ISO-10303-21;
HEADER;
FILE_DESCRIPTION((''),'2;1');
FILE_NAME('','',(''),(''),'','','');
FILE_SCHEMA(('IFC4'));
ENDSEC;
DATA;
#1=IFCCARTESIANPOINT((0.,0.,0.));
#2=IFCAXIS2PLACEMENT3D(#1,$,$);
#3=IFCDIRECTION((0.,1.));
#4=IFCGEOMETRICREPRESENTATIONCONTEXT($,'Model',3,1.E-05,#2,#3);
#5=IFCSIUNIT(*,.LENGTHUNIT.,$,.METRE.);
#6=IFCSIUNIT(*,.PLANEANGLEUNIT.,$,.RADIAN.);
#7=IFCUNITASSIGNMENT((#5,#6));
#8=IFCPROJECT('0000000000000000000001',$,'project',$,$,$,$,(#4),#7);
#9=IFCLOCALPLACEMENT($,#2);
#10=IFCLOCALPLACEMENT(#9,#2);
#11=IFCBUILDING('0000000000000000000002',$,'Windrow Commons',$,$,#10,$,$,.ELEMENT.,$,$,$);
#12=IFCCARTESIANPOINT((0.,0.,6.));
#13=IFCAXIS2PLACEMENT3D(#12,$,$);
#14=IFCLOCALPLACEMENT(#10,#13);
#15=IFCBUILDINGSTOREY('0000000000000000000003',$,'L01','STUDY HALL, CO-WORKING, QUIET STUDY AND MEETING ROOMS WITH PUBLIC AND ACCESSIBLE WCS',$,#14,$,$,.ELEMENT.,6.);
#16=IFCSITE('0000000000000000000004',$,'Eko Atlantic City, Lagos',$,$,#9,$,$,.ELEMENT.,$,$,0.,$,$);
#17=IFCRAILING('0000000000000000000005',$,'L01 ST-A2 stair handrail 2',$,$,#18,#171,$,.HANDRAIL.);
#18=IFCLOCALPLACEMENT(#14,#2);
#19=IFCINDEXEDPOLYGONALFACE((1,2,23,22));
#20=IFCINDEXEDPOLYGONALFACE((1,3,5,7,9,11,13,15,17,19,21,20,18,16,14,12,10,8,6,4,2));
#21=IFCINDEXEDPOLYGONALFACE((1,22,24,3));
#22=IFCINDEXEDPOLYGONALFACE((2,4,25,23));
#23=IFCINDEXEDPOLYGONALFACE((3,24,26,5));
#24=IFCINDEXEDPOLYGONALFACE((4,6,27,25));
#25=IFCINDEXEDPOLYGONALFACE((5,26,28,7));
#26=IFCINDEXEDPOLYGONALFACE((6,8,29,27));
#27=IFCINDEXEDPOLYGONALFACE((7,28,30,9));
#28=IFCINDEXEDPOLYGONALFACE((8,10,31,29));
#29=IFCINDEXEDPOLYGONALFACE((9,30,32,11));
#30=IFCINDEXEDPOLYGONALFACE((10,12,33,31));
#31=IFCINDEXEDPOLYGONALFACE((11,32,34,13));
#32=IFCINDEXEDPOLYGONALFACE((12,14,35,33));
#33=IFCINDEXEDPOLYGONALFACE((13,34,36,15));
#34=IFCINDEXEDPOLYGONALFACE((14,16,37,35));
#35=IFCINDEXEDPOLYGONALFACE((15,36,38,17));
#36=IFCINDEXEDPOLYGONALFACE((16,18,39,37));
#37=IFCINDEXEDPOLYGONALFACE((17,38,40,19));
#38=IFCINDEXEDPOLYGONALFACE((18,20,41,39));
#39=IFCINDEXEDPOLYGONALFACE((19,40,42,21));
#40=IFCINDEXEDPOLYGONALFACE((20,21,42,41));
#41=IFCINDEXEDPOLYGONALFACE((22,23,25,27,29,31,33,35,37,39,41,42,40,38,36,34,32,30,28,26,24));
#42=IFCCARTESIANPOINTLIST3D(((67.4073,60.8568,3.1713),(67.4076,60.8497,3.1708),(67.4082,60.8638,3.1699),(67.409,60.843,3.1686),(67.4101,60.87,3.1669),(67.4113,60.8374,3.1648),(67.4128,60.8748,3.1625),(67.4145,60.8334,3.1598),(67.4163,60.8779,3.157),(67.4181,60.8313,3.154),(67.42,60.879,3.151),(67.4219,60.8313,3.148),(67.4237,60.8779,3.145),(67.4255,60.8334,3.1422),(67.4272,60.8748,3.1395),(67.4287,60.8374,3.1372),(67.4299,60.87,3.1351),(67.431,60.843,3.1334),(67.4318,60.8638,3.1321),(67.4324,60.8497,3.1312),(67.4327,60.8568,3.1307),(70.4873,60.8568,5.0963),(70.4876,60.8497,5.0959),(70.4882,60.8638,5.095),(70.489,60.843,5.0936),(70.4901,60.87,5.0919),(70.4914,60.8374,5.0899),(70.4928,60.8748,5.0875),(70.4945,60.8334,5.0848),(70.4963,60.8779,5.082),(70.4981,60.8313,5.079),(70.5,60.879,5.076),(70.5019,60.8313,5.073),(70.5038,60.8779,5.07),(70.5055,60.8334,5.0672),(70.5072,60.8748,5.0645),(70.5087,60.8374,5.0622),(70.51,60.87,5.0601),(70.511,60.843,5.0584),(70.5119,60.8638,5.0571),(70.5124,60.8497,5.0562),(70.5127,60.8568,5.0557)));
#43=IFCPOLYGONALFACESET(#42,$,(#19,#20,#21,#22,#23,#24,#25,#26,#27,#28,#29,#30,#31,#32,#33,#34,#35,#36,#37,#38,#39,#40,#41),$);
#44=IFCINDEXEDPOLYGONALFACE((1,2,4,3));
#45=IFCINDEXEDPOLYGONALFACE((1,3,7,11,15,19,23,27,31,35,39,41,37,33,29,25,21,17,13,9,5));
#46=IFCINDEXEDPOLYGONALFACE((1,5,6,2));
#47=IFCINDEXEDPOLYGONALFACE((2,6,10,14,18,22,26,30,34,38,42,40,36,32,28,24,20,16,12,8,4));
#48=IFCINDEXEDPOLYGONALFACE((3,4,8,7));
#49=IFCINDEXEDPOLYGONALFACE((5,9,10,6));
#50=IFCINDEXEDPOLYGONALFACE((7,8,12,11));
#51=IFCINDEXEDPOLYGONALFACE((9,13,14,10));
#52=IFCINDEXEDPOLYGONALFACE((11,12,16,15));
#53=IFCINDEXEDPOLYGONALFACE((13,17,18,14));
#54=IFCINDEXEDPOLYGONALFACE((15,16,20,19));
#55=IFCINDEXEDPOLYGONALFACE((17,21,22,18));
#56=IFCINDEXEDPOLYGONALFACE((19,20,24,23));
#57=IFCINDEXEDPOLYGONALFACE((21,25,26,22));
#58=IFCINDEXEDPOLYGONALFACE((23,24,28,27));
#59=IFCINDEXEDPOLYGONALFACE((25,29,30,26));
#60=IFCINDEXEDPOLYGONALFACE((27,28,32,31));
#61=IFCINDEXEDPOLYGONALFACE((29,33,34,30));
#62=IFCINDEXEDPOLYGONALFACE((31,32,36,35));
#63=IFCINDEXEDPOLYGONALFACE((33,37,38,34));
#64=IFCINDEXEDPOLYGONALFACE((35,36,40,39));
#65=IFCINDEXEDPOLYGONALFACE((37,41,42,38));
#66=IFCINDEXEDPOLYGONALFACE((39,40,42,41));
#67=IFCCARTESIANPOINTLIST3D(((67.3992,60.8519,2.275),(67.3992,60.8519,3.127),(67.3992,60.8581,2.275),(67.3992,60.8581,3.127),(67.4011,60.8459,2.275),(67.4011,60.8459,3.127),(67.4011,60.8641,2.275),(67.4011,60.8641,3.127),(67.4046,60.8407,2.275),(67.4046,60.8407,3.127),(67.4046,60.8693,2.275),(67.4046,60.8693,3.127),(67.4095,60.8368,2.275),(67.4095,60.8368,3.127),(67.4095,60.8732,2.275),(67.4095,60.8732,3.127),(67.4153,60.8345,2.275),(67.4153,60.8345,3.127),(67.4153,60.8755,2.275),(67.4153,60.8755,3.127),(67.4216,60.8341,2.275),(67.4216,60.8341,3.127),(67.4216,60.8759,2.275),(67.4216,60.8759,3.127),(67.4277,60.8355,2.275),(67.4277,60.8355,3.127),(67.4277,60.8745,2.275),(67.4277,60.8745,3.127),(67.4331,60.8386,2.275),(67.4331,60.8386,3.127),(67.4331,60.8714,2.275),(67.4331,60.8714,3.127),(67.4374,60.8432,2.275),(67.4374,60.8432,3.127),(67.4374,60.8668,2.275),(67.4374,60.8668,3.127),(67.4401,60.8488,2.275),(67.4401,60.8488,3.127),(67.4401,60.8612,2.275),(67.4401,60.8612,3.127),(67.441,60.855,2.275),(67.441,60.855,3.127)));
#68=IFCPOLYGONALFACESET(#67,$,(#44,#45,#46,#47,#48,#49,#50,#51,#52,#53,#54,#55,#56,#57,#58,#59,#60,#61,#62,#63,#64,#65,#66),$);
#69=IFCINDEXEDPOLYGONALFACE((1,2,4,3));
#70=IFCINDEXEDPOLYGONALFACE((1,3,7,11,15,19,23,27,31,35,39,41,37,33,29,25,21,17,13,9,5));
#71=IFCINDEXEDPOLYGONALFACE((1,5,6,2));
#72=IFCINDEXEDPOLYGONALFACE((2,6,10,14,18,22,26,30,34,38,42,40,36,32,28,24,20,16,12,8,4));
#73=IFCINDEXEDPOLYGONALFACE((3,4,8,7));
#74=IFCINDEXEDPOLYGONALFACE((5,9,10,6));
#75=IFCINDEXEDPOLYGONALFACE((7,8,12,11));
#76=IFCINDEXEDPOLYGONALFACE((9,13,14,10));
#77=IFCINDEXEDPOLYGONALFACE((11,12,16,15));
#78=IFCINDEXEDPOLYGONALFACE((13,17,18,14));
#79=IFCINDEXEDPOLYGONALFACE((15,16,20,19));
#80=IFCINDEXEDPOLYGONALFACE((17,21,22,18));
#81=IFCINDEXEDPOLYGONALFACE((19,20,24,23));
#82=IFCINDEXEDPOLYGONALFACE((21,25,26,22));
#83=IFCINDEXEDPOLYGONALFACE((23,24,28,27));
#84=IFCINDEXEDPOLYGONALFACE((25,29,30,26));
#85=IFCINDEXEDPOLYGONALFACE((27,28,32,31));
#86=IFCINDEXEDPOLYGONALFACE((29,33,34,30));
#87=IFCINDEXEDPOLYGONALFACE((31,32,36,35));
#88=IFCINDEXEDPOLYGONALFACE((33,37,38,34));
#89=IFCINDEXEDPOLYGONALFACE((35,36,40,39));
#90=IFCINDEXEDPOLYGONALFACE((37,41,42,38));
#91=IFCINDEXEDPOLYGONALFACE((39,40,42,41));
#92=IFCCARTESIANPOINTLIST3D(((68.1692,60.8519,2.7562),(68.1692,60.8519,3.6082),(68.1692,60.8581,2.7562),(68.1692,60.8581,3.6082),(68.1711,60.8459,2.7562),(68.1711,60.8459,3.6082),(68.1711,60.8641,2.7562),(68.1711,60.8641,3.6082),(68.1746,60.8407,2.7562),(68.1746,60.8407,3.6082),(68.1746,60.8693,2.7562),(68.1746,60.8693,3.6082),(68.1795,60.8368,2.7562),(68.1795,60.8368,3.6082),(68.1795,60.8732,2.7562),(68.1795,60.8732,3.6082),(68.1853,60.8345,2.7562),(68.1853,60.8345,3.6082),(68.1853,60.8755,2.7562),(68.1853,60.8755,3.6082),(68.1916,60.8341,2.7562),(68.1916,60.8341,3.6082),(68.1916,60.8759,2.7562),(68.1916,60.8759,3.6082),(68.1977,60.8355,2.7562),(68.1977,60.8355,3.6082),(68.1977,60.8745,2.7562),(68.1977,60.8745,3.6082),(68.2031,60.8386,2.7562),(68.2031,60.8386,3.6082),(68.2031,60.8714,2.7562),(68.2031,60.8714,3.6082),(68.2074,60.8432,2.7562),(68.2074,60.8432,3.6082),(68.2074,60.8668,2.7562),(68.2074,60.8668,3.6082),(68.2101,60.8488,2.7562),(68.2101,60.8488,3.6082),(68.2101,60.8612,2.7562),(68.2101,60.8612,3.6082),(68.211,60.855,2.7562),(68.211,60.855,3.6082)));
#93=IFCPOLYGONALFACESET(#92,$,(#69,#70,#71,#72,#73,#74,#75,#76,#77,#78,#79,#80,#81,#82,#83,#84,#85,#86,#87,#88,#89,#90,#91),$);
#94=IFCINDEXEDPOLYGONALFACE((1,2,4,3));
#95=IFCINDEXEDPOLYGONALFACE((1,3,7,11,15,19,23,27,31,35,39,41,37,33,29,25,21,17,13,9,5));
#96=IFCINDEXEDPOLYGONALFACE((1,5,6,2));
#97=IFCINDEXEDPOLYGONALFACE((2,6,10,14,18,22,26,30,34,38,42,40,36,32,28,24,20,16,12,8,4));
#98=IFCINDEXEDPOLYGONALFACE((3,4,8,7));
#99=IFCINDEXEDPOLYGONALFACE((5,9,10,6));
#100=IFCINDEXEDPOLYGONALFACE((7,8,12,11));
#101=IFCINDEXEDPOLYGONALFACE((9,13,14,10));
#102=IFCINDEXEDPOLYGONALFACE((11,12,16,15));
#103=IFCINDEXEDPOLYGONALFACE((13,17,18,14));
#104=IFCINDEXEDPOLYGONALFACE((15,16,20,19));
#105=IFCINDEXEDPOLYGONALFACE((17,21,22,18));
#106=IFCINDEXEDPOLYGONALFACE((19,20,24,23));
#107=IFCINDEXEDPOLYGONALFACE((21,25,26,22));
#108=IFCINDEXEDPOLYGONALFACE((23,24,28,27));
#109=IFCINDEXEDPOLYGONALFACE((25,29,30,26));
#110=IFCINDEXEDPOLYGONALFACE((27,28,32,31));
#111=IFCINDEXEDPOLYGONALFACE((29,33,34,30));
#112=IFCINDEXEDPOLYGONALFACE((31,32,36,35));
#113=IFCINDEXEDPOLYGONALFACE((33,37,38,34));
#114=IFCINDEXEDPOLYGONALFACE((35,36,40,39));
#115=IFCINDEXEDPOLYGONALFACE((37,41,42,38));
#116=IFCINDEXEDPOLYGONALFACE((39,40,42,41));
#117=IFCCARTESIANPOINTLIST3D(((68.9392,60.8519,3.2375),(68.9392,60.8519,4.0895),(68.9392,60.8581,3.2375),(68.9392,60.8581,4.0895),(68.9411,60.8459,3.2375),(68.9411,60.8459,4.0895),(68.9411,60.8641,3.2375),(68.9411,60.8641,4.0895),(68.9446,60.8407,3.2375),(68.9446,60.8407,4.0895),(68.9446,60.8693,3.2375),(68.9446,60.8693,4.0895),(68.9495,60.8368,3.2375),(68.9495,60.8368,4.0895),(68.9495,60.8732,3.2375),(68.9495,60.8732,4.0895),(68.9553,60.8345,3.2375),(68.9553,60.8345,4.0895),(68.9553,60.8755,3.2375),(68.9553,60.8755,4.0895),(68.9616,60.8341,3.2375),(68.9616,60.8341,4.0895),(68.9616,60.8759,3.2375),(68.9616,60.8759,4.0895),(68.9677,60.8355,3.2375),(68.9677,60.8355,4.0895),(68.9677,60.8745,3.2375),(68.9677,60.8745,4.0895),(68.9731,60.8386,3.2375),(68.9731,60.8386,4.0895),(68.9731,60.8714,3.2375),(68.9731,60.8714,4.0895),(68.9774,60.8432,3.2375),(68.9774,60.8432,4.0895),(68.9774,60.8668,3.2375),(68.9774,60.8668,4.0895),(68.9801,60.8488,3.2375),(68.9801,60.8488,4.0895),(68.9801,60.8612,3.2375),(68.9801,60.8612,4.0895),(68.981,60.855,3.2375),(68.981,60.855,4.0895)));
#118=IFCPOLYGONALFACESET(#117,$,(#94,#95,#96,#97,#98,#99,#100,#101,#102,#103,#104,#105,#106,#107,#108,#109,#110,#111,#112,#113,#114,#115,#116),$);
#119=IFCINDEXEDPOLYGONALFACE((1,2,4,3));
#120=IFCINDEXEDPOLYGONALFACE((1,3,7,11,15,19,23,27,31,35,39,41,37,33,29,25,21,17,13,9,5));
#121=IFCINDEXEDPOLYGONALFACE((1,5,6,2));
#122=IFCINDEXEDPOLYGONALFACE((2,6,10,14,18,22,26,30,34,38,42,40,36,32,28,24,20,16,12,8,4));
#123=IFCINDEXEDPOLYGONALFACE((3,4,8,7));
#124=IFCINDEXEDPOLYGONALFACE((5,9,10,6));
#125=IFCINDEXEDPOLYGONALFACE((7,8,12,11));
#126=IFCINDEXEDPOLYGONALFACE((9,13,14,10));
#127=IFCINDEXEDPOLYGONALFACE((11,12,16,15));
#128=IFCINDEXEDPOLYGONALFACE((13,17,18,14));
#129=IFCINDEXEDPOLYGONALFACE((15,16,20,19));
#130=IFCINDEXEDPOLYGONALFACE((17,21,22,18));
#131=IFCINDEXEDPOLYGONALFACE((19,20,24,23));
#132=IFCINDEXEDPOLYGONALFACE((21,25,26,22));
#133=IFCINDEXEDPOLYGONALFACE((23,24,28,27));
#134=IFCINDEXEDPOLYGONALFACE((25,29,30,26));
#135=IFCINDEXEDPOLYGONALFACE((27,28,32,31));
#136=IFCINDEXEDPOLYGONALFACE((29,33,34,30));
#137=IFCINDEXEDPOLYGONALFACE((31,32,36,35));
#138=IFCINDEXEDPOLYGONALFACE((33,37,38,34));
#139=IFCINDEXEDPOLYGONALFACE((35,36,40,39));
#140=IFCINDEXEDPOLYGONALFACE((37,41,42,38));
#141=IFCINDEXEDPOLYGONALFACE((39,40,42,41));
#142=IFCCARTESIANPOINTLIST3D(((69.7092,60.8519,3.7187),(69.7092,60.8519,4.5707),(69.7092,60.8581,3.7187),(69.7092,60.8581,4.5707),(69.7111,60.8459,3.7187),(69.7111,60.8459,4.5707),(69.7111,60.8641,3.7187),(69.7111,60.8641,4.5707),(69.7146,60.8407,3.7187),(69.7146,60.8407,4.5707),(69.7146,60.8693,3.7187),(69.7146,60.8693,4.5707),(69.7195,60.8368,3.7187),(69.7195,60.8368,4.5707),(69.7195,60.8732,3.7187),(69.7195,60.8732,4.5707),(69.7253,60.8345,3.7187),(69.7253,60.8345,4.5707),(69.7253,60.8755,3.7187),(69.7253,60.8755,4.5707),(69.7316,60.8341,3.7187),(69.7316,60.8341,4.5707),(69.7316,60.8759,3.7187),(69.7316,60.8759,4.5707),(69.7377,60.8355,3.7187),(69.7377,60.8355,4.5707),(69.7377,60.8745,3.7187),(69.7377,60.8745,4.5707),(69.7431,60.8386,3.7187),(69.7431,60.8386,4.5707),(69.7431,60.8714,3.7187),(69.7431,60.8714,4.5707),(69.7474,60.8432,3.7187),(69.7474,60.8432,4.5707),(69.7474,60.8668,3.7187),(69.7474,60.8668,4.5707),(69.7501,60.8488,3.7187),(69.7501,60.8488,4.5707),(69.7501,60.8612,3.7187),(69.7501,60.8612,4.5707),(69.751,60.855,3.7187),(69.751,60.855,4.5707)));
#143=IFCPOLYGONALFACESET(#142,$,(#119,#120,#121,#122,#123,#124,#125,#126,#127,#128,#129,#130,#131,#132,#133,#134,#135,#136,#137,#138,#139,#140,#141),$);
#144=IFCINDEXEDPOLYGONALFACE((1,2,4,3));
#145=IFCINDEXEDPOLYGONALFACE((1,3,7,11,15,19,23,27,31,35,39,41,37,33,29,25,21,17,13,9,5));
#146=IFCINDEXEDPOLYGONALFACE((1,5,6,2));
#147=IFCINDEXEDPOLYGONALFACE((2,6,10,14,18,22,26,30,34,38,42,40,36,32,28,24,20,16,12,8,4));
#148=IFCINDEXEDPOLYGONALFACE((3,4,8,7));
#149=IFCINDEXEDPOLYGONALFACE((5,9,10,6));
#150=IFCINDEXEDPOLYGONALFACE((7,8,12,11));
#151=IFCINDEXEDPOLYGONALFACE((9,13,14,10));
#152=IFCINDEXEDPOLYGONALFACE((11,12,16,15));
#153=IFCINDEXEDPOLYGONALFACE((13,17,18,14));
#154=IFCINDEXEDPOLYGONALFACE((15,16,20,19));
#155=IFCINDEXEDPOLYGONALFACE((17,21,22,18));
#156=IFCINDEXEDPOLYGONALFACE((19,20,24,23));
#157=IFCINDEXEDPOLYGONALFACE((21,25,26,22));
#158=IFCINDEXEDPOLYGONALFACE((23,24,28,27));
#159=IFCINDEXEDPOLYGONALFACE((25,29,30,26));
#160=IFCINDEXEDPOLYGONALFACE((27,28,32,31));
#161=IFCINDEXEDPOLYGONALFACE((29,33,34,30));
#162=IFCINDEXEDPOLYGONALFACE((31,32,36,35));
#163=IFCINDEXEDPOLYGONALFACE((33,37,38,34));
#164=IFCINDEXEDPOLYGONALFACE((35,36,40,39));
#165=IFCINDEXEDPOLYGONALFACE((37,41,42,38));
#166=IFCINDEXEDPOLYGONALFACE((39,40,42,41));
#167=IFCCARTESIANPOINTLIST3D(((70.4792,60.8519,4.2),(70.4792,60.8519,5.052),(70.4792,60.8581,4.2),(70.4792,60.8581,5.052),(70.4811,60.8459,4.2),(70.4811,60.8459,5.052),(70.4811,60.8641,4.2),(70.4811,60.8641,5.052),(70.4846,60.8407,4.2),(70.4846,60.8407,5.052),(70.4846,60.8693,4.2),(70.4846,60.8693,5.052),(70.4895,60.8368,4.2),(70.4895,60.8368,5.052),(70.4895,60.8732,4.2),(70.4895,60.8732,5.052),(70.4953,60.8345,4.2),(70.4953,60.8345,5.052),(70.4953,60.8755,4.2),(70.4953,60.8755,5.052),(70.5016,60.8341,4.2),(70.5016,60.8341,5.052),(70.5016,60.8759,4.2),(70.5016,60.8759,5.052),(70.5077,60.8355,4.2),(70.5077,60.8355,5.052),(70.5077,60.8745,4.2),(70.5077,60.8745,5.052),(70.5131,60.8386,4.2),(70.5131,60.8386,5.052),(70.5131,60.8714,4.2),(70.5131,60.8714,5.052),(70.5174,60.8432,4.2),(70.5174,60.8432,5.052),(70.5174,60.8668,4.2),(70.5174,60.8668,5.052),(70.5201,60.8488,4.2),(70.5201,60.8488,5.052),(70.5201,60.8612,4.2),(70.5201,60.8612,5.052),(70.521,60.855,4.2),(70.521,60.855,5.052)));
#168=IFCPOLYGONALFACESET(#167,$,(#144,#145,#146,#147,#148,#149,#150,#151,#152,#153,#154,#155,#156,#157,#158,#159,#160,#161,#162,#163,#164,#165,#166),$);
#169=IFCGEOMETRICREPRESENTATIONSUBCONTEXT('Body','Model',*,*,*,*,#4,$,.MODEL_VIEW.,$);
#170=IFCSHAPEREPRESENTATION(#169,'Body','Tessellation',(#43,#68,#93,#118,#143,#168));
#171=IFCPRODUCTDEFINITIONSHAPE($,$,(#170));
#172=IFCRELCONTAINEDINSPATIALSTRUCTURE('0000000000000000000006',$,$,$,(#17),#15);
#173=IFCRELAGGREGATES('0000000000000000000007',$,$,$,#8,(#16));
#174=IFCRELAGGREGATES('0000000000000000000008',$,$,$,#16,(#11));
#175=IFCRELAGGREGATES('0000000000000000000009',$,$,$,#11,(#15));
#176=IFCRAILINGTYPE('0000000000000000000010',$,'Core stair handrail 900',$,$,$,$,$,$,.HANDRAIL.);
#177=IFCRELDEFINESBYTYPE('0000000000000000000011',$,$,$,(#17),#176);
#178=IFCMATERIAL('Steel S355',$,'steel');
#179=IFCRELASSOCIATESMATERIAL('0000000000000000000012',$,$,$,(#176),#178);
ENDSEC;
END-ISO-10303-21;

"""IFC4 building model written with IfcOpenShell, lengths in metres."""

from ifc_helpers import new_model, si_unit, direction, frame, origin, origin_2d, place, context, subcontext, project, spatial, circle, extrude, material, type_object, element, save


model = new_model("IFC4")

# Units and contexts
model_context = context("Model", 3, precision=1e-05, world=origin(), true_north=direction((0.0, 1.0)))
body_context = subcontext(model_context, "Body", "Model", "MODEL_VIEW")
ifc_project = project(units=[si_unit("LENGTHUNIT", "METRE"), si_unit("PLANEANGLEUNIT", "RADIAN")], contexts=[model_context])

# Site, building, storey
site_placement = place(None, origin())
site = spatial("IfcSite", under=ifc_project, at=site_placement, Name="Eko Atlantic City, Lagos", CompositionType="ELEMENT", RefElevation=0.0)
building_placement = place(site_placement, origin())
building = spatial("IfcBuilding", under=site, at=building_placement, Name="Windrow Commons", CompositionType="ELEMENT")
storey_placement = place(building_placement, frame((0.0, 0.0, 6.0)))
storey = spatial("IfcBuildingStorey", under=building, at=storey_placement, Name="L01", Description="STUDY HALL, CO-WORKING, QUIET STUDY AND MEETING ROOMS WITH PUBLIC AND ACCESSIBLE WCS", CompositionType="ELEMENT", Elevation=6.0)

# Railing
ifc_material_1 = material(Name="Steel S355", Category="steel")
railing_type_1 = type_object("IfcRailingType", Name="Core stair handrail 900", PredefinedType="HANDRAIL", material=ifc_material_1)
railing_1_placement = place(storey_placement, frame((67.42, 60.855, 2.275)))
element("IfcRailing", 1, at=railing_1_placement, inside=storey, type_object=railing_type_1, Name="L01 ST-A2 stair handrail 2", PredefinedType="HANDRAIL", context=body_context, shape_type="SweptSolid", body=[
    extrude(circle(Radius=0.024, at=origin_2d()), frame((0.0, 0.0, 0.876), z_axis=(0.847998, 0.0, 0.529999), x_axis=(0.0, 1.0, 0.0)), (0.0, 0.0, 1.0), 3.6321),
    extrude(circle(Radius=0.021, at=origin_2d()), origin(), (0.0, 0.0, 1.0), 0.852),
    extrude(circle(Radius=0.021, at=origin_2d()), frame((0.77, 0.0, 0.4812)), (0.0, 0.0, 1.0), 0.852),
    extrude(circle(Radius=0.021, at=origin_2d()), frame((1.54, 0.0, 0.9625)), (0.0, 0.0, 1.0), 0.852),
    extrude(circle(Radius=0.021, at=origin_2d()), frame((2.31, 0.0, 1.4437)), (0.0, 0.0, 1.0), 0.852),
    extrude(circle(Radius=0.021, at=origin_2d()), frame((3.08, 0.0, 1.925)), (0.0, 0.0, 1.0), 0.852),
])

save(model, "model.ifc")
